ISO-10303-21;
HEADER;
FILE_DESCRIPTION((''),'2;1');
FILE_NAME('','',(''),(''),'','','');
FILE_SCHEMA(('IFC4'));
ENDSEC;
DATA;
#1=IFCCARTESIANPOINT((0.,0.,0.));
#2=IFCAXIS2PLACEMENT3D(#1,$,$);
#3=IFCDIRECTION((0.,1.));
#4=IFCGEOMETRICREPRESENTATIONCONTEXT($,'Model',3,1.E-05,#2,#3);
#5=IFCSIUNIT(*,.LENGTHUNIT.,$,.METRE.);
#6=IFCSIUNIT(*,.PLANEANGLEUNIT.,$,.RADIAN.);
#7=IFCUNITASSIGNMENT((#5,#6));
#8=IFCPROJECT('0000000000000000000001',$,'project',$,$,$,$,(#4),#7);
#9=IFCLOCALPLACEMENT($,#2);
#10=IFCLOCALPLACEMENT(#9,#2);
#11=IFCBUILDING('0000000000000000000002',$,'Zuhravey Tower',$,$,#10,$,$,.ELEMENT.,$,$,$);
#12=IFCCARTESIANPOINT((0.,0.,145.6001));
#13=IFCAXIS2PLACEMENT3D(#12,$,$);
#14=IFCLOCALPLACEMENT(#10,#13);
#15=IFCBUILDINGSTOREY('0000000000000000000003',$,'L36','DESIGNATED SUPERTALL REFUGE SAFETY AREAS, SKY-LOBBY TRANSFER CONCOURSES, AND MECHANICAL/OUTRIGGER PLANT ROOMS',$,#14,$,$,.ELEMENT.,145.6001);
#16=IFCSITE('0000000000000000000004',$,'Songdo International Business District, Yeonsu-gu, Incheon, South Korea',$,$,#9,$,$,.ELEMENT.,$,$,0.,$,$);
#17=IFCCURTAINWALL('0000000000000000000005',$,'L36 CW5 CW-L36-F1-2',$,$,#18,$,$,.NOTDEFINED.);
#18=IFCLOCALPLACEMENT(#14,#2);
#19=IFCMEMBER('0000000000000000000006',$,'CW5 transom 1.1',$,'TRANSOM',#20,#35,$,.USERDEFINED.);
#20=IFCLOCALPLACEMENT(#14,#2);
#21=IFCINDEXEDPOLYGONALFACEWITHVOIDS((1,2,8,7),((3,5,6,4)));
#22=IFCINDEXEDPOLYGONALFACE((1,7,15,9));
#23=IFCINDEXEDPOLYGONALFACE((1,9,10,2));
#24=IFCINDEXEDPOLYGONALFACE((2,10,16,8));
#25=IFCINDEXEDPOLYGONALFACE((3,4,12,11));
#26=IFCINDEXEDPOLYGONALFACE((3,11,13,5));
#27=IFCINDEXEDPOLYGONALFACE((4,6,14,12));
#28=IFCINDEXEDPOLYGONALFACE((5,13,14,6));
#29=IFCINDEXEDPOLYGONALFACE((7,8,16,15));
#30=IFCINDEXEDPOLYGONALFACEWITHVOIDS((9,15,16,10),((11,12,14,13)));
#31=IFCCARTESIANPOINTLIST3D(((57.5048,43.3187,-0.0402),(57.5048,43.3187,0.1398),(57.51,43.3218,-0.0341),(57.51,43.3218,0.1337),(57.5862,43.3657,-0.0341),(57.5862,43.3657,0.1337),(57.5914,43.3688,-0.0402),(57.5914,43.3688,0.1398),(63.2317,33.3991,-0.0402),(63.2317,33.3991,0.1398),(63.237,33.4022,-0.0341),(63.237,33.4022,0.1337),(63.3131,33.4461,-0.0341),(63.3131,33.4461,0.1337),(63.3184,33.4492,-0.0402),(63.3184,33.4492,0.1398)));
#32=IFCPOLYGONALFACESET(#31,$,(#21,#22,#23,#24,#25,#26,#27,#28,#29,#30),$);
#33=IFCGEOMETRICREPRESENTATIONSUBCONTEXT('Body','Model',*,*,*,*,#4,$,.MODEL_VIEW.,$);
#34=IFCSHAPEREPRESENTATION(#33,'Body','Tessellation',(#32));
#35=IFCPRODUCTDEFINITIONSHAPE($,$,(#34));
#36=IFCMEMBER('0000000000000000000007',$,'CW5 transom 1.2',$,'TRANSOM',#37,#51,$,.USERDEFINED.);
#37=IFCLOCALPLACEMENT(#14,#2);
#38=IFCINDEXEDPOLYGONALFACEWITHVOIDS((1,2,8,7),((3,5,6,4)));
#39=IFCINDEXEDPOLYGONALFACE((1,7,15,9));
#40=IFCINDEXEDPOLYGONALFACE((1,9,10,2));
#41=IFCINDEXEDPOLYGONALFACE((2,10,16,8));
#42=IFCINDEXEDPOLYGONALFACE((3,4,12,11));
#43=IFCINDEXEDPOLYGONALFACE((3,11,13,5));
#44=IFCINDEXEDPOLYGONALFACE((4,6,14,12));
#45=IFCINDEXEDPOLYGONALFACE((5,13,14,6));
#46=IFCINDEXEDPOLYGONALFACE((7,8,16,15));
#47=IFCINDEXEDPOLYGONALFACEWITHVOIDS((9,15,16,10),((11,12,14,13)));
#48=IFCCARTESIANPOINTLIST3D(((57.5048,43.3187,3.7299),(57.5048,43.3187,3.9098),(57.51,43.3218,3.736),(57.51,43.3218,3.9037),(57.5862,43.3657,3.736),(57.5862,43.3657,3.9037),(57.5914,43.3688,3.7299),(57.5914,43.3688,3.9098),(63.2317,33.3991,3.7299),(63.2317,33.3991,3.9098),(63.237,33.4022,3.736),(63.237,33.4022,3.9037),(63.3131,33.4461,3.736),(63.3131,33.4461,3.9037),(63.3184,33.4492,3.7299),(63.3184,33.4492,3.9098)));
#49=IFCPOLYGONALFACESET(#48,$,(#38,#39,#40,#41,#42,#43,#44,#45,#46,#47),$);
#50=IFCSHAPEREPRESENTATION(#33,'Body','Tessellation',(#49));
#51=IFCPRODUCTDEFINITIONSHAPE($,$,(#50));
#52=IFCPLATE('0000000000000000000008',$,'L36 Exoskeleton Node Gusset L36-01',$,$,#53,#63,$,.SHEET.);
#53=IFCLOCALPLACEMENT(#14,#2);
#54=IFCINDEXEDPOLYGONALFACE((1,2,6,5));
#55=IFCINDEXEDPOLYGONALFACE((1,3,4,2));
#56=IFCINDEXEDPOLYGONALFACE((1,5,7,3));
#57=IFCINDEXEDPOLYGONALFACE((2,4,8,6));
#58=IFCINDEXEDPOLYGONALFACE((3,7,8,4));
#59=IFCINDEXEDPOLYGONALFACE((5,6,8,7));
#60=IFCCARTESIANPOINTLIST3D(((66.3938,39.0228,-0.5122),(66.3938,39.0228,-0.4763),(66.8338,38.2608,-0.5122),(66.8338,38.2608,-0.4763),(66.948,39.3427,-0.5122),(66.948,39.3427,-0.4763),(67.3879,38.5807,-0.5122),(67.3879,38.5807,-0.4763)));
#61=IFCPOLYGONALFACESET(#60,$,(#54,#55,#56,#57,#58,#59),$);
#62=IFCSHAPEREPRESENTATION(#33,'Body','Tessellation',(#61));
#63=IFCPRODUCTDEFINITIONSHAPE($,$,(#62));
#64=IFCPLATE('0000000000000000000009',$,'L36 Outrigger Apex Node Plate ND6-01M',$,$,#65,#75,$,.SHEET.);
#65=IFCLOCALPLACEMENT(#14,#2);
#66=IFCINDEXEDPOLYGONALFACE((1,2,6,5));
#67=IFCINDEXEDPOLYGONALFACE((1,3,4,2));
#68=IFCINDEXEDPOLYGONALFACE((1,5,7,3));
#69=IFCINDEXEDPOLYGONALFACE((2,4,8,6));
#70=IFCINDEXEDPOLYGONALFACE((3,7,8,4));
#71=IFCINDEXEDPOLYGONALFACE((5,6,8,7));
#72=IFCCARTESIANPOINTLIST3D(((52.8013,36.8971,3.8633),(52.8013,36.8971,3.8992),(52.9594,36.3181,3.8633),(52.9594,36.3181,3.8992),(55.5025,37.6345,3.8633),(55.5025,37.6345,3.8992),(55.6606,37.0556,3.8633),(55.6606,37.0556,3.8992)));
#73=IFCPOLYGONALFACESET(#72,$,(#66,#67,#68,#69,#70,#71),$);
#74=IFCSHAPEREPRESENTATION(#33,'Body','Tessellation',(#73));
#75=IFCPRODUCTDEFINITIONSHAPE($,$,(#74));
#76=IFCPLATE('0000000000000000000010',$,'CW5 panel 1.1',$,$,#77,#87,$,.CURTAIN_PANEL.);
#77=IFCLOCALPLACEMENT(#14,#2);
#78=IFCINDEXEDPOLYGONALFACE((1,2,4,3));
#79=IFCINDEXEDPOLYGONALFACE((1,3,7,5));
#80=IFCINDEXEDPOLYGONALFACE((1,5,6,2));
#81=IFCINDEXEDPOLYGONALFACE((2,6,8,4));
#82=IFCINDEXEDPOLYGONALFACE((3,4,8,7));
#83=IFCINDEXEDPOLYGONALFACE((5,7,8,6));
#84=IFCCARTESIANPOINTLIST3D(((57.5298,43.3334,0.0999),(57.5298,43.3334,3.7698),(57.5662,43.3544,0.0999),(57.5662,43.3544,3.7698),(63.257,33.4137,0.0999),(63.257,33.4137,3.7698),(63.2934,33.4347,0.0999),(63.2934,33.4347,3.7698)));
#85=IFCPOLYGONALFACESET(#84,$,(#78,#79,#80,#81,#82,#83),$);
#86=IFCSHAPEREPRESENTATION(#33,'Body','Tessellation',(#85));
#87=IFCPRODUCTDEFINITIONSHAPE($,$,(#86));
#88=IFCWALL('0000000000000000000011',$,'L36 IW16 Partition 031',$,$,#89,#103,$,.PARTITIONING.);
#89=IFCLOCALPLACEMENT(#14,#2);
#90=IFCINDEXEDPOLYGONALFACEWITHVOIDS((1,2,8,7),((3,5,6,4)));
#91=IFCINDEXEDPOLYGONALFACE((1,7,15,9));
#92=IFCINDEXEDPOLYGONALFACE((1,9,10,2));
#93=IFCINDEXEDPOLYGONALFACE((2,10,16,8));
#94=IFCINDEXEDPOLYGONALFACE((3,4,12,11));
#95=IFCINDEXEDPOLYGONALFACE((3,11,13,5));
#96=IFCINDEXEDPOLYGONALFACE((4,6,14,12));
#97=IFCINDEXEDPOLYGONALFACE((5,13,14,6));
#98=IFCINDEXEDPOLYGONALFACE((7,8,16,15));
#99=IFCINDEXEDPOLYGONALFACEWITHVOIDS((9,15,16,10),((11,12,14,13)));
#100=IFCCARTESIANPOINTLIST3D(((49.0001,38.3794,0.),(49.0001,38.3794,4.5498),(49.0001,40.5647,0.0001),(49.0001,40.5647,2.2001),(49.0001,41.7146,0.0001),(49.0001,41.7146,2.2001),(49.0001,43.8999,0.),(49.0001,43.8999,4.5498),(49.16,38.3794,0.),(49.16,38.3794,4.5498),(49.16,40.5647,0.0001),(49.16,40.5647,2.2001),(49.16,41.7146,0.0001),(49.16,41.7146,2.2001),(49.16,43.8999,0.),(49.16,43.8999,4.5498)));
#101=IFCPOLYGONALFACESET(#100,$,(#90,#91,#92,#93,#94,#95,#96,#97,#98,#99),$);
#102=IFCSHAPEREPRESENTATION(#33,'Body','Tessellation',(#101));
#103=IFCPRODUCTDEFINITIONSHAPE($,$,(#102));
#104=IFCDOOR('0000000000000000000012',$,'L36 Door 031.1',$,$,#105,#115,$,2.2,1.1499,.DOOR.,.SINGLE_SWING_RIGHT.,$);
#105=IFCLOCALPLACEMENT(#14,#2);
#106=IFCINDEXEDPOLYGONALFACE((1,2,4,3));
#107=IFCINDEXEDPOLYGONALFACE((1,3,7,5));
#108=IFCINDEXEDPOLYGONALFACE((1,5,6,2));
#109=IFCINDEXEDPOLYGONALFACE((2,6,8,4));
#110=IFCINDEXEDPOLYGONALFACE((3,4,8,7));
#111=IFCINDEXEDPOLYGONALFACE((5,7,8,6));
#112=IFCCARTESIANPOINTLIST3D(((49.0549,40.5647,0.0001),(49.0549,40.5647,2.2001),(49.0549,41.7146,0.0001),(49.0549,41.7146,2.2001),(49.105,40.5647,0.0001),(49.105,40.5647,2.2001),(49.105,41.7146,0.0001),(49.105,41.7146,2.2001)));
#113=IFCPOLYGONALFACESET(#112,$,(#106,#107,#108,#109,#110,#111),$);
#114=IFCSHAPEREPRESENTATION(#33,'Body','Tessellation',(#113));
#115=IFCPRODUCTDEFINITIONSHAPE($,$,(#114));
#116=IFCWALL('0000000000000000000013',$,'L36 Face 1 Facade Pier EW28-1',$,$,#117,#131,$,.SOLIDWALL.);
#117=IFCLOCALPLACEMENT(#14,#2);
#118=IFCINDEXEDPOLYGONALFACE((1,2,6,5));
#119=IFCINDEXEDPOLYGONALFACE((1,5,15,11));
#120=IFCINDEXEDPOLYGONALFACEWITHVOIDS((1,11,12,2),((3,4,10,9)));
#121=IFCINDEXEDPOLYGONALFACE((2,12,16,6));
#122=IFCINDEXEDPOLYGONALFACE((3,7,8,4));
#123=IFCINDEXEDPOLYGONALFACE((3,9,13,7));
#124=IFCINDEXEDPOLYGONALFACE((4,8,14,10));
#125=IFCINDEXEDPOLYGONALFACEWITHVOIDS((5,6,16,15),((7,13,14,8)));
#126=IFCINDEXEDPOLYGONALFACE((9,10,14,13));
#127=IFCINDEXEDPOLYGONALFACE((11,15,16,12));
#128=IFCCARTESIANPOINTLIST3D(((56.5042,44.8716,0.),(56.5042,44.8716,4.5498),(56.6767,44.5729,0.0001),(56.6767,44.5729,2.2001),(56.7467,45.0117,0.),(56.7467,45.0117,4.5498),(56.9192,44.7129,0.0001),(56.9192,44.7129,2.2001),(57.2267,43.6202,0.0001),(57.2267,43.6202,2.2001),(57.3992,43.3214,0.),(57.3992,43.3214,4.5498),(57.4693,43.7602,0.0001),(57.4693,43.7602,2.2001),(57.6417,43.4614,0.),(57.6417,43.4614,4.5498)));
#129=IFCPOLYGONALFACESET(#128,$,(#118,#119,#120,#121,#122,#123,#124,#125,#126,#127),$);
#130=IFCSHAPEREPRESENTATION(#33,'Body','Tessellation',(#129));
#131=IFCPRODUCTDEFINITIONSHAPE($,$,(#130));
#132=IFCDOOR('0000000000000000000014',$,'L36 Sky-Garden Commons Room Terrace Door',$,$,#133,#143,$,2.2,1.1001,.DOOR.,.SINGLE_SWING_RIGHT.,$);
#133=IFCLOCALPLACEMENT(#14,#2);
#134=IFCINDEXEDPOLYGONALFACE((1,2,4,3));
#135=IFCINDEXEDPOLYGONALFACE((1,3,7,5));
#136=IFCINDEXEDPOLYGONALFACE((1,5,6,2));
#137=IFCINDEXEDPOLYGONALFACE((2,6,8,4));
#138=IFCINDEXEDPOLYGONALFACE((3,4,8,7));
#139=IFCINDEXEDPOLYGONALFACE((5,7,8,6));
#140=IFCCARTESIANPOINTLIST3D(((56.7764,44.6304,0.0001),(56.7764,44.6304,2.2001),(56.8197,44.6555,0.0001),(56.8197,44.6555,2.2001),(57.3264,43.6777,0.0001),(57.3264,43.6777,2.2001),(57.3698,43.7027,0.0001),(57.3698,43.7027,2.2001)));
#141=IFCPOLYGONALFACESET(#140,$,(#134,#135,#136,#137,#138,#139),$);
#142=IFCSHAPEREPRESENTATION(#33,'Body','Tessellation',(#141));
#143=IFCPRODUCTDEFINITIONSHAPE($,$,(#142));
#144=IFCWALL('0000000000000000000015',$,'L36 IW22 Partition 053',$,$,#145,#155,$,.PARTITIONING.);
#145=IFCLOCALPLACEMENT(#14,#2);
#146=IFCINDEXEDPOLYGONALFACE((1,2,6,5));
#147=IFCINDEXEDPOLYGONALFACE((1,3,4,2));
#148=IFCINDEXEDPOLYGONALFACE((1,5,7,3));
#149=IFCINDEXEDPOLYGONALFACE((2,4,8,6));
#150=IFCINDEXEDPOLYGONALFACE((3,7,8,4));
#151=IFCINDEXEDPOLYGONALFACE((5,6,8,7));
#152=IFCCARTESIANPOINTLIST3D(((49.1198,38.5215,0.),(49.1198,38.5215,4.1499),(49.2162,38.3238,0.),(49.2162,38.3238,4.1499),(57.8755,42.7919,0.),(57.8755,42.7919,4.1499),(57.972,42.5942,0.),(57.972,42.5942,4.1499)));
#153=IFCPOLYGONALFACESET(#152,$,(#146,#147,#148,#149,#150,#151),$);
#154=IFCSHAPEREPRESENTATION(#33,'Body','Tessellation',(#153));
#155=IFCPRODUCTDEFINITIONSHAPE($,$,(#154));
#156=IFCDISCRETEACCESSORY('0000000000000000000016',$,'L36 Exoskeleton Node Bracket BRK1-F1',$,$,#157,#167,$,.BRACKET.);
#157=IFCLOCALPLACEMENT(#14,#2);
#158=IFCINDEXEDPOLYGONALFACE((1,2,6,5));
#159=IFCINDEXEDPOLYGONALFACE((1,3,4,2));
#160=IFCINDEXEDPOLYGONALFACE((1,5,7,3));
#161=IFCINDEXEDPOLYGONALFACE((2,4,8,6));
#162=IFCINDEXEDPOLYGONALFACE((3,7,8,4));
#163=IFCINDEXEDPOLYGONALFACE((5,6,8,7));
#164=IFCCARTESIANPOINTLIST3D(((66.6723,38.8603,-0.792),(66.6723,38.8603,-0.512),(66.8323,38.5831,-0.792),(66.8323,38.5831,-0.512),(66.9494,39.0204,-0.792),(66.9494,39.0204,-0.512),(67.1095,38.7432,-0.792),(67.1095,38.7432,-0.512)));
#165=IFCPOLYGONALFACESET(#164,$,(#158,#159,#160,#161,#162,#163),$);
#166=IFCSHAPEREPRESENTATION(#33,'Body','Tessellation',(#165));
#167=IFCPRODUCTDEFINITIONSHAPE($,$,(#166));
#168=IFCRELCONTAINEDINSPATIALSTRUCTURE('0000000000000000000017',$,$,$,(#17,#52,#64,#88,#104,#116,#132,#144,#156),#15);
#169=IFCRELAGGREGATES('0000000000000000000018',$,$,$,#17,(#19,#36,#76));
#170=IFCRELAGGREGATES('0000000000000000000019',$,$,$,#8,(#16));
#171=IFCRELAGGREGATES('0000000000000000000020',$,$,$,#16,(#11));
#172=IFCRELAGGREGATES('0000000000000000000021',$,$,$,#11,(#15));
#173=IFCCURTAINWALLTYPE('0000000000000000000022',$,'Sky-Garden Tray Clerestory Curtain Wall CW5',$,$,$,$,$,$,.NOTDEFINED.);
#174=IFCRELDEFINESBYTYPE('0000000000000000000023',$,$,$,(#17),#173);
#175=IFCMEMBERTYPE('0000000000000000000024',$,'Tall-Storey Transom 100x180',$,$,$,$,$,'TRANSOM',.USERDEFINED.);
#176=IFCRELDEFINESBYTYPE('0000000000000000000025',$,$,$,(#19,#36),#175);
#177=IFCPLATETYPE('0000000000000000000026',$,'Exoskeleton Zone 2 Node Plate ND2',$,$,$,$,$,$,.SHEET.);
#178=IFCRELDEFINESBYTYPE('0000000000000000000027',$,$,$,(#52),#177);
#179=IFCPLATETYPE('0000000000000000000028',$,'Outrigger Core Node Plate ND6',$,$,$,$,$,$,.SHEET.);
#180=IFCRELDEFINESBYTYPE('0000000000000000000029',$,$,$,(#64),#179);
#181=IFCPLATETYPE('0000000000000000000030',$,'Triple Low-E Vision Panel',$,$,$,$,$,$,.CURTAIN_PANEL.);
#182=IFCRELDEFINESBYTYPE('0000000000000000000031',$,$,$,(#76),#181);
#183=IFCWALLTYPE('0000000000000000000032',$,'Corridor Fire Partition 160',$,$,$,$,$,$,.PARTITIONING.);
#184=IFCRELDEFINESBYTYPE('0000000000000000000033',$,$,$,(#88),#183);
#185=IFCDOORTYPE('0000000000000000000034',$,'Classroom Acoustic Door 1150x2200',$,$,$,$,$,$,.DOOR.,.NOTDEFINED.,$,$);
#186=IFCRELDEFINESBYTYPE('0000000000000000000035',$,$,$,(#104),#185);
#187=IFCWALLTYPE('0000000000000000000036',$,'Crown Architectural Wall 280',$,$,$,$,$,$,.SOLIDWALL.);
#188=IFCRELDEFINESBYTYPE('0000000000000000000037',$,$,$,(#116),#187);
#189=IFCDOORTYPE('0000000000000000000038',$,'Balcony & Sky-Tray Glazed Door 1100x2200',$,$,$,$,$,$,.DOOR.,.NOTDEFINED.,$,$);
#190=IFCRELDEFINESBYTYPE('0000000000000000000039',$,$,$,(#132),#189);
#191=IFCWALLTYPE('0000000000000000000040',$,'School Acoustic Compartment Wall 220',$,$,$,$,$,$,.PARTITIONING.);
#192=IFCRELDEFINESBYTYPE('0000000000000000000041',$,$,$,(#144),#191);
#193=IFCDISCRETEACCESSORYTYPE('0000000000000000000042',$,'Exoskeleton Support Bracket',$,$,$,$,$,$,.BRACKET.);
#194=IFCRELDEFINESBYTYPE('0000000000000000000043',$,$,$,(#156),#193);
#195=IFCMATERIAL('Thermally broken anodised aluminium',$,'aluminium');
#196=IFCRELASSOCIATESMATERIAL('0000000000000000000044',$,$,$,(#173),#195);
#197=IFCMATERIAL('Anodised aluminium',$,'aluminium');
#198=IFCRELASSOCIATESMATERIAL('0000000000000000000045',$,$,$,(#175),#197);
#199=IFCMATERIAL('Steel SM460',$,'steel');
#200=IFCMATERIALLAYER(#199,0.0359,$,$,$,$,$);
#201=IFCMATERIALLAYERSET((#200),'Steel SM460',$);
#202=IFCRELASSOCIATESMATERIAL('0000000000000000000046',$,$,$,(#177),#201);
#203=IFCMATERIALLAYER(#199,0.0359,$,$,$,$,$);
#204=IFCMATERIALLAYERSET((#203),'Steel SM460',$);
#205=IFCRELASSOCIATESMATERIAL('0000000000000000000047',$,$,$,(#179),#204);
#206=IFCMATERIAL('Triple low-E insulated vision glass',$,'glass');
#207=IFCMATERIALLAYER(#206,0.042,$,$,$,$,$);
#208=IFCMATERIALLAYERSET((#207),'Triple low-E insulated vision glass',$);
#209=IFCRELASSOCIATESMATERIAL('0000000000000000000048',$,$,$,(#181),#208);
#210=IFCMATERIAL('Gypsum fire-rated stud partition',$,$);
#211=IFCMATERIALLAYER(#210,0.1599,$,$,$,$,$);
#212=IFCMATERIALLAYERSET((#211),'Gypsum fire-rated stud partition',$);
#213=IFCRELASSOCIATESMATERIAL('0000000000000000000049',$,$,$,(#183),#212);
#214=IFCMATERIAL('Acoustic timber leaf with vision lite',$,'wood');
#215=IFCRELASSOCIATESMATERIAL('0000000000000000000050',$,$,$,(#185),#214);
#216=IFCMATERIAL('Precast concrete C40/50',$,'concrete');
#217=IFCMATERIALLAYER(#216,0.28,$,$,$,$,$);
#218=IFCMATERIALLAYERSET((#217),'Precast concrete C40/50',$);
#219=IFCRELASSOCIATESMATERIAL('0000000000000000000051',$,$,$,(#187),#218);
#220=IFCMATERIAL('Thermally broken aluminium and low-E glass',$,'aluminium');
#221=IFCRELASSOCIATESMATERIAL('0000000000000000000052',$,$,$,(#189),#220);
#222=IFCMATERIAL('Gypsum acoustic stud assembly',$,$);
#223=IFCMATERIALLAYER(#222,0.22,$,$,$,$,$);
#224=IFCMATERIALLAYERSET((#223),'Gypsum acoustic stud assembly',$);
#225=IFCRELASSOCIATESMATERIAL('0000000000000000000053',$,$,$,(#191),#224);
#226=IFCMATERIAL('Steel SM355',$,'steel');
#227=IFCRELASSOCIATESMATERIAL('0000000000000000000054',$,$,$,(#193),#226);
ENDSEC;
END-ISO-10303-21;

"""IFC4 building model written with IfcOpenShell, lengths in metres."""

from ifc_helpers import new_model, si_unit, direction, frame, frame_2d, origin, origin_2d, place, context, subcontext, project, spatial, rectangle, hollow_rectangle, extrude, material, layer, layer_set, material_profile, profile_set, type_object, element, fill, aggregate, save


model = new_model("IFC4")

# Units and contexts
model_context = context("Model", 3, precision=1e-05, world=origin(), true_north=direction((0.0, 1.0)))
body_context = subcontext(model_context, "Body", "Model", "MODEL_VIEW")
ifc_project = project(units=[si_unit("LENGTHUNIT", "METRE"), si_unit("PLANEANGLEUNIT", "RADIAN")], contexts=[model_context])

# Site, building, storey
site_placement = place(None, origin())
site = spatial("IfcSite", under=ifc_project, at=site_placement, Name="Songdo International Business District, Yeonsu-gu, Incheon, South Korea", CompositionType="ELEMENT", RefElevation=0.0)
building_placement = place(site_placement, origin())
building = spatial("IfcBuilding", under=site, at=building_placement, Name="Zuhravey Tower", CompositionType="ELEMENT")
storey_placement = place(building_placement, frame((0.0, 0.0, 145.6001)))
storey = spatial("IfcBuildingStorey", under=building, at=storey_placement, Name="L36", Description="DESIGNATED SUPERTALL REFUGE SAFETY AREAS, SKY-LOBBY TRANSFER CONCOURSES, AND MECHANICAL/OUTRIGGER PLANT ROOMS", CompositionType="ELEMENT", Elevation=145.6001)

# Shared definitions
ifc_material_1 = material(Name="Steel SM355", Category="steel")
ifc_material_2 = material(Name="Steel SM460", Category="steel")

# Curtain wall
ifc_material_3 = material(Name="Thermally broken anodised aluminium", Category="aluminium")
curtain_wall_type = type_object("IfcCurtainWallType", Name="Sky-Garden Tray Clerestory Curtain Wall CW5", PredefinedType="NOTDEFINED", material=ifc_material_3)
curtain_wall_placement = place(storey_placement, origin())
curtain_wall = element("IfcCurtainWall", 1, at=curtain_wall_placement, inside=storey, type_object=curtain_wall_type, Name="L36 CW5 CW-L36-F1-2", PredefinedType="NOTDEFINED")
ifc_material_4 = material(Name="Anodised aluminium", Category="aluminium")

# Members
ifc_material_profile_1 = material_profile(ifc_material_4, hollow_rectangle(XDim=0.1001, YDim=0.1799, WallThickness=0.0061, at=origin_2d()), Name="ALU-RHS-100x180x6")
ifc_profile_set_1 = profile_set([ifc_material_profile_1], Name="Anodised aluminium")
member_type_1 = type_object("IfcMemberType", Name="Tall-Storey Transom 100x180", ElementType="TRANSOM", PredefinedType="USERDEFINED", material=ifc_profile_set_1)
member_1_placement = place(storey_placement, frame((57.5481, 43.3438, 0.0498), z_axis=(0.499995, -0.866028, 0.0), x_axis=(0.866028, 0.499995, 0.0)))
member_1 = element("IfcMember", 2, at=member_1_placement, type_object=member_type_1, Name="CW5 transom 1.1", ObjectType="TRANSOM", PredefinedType="USERDEFINED", context=body_context, shape_type="SweptSolid", body=[
    extrude(hollow_rectangle(XDim=0.1001, YDim=0.1799, WallThickness=0.0061, at=origin_2d()), origin(), (0.0, 0.0, 1.0), 11.4541),
])
member_2_placement = place(storey_placement, frame((57.5481, 43.3438, 3.8198), z_axis=(0.499995, -0.866028, 0.0), x_axis=(0.866028, 0.499995, 0.0)))
member_2 = element("IfcMember", 3, at=member_2_placement, type_object=member_type_1, Name="CW5 transom 1.2", ObjectType="TRANSOM", PredefinedType="USERDEFINED", context=body_context, shape_type="SweptSolid", body=[
    extrude(hollow_rectangle(XDim=0.1001, YDim=0.1799, WallThickness=0.0061, at=origin_2d()), origin(), (0.0, 0.0, 1.0), 11.4541),
])

# Plates
ifc_layer_1 = layer(ifc_material_2, 0.0359)
ifc_layer_set_1 = layer_set([ifc_layer_1], Name="Steel SM460")
plate_type_1 = type_object("IfcPlateType", Name="Exoskeleton Zone 2 Node Plate ND2", PredefinedType="SHEET", material=ifc_layer_set_1)
plate_1_placement = place(storey_placement, frame((66.8909, 38.8018, -0.5122), z_axis=(0.0, 0.0, 1.0), x_axis=(-0.5, 0.866025, 0.0)))
element("IfcPlate", 4, at=plate_1_placement, inside=storey, type_object=plate_type_1, Name="L36 Exoskeleton Node Gusset L36-01", PredefinedType="SHEET", context=body_context, shape_type="SweptSolid", body=[
    extrude(rectangle(XDim=0.8799, YDim=0.6399, at=origin_2d()), origin(), (0.0, 0.0, 1.0), 0.0359),
])
ifc_layer_2 = layer(ifc_material_2, 0.0359)
ifc_layer_set_2 = layer_set([ifc_layer_2], Name="Steel SM460")
plate_type_2 = type_object("IfcPlateType", Name="Outrigger Core Node Plate ND6", PredefinedType="SHEET", material=ifc_layer_set_2)
plate_2_placement = place(storey_placement, frame((54.231, 36.9763, 3.8633), z_axis=(0.0, 0.0, 1.0), x_axis=(0.964695, 0.263368, 0.0)))
element("IfcPlate", 5, at=plate_2_placement, inside=storey, type_object=plate_type_2, Name="L36 Outrigger Apex Node Plate ND6-01M", PredefinedType="SHEET", context=body_context, shape_type="SweptSolid", body=[
    extrude(rectangle(XDim=2.8, YDim=0.6001, at=origin_2d()), origin(), (0.0, 0.0, 1.0), 0.0359),
])

# Plate
ifc_material_5 = material(Name="Triple low-E insulated vision glass", Category="glass")
ifc_layer_3 = layer(ifc_material_5, 0.042)
ifc_layer_set_3 = layer_set([ifc_layer_3], Name="Triple low-E insulated vision glass")
plate_type_3 = type_object("IfcPlateType", Name="Triple Low-E Vision Panel", PredefinedType="CURTAIN_PANEL", material=ifc_layer_set_3)
plate_3_placement = place(storey_placement, frame((60.4116, 38.384, 0.0999), z_axis=(0.0, 0.0, 1.0), x_axis=(0.500004, -0.866023, 0.0)))
plate_3 = element("IfcPlate", 6, at=plate_3_placement, type_object=plate_type_3, Name="CW5 panel 1.1", PredefinedType="CURTAIN_PANEL", context=body_context, shape_type="SweptSolid", body=[
    extrude(rectangle(XDim=11.4543, YDim=0.042, at=origin_2d()), origin(), (0.0, 0.0, 1.0), 3.6699),
])
aggregate(curtain_wall, [member_1, member_2, plate_3])

# Walls, openings, doors
ifc_material_6 = material(Name="Gypsum fire-rated stud partition")
ifc_layer_4 = layer(ifc_material_6, 0.1599)
ifc_layer_set_4 = layer_set([ifc_layer_4], Name="Gypsum fire-rated stud partition")
wall_type_1 = type_object("IfcWallType", Name="Corridor Fire Partition 160", PredefinedType="PARTITIONING", material=ifc_layer_set_4)
wall_1_placement = place(storey_placement, frame((49.0801, 38.3794, 0.0), z_axis=(0.0, 0.0, 1.0), x_axis=(0.0, 1.0, 0.0)))
wall_1 = element("IfcWall", 7, at=wall_1_placement, inside=storey, type_object=wall_type_1, Name="L36 IW16 Partition 031", PredefinedType="PARTITIONING", context=body_context, shape_type="SweptSolid", body=[
    extrude(rectangle(XDim=5.5205, YDim=0.1599, at=frame_2d((2.7603, 0.0))), origin(), (0.0, 0.0, 1.0), 4.5498),
])
opening_1_placement = place(wall_1_placement, frame((2.1853, 0.0, 0.0)))
opening_1 = element("IfcOpeningElement", 8, at=opening_1_placement, cuts=wall_1, PredefinedType="OPENING", context=body_context, shape_type="SweptSolid", body=[
    extrude(rectangle(XDim=1.1499, YDim=2.2, at=frame_2d((0.575, 1.1001))), frame((0.0, 0.092, 0.0), z_axis=(0.0, -1.0, 0.0), x_axis=(1.0, 0.0, 0.0)), (0.0, 0.0, 1.0), 0.1838),
])
ifc_material_7 = material(Name="Acoustic timber leaf with vision lite", Category="wood")
door_type_1 = type_object("IfcDoorType", Name="Classroom Acoustic Door 1150x2200", OperationType="NOTDEFINED", PredefinedType="DOOR", material=ifc_material_7)
door_1_placement = place(opening_1_placement, frame((1.1499, 0.0, 0.0), z_axis=(0.0, 0.0, 1.0), x_axis=(-1.0, 0.0, 0.0)))
door_1 = element("IfcDoor", 9, at=door_1_placement, inside=storey, type_object=door_type_1, Name="L36 Door 031.1", OperationType="SINGLE_SWING_RIGHT", OverallHeight=2.2, OverallWidth=1.1499, PredefinedType="DOOR", context=body_context, shape_type="SweptSolid", body=[
    extrude(rectangle(XDim=1.1499, YDim=2.2, at=frame_2d((0.575, 1.1001))), frame((0.0, 0.0249, 0.0), z_axis=(0.0, -1.0, 0.0), x_axis=(1.0, 0.0, 0.0)), (0.0, 0.0, 1.0), 0.05),
])
fill(opening_1, door_1)
ifc_material_8 = material(Name="Precast concrete C40/50", Category="concrete")
ifc_layer_5 = layer(ifc_material_8, 0.28)
ifc_layer_set_5 = layer_set([ifc_layer_5], Name="Precast concrete C40/50")
wall_type_2 = type_object("IfcWallType", Name="Crown Architectural Wall 280", PredefinedType="SOLIDWALL", material=ifc_layer_set_5)
wall_2_placement = place(storey_placement, frame((56.6255, 44.9417, 0.0), z_axis=(0.0, 0.0, 1.0), x_axis=(0.499982, -0.866036, 0.0)))
wall_2 = element("IfcWall", 10, at=wall_2_placement, inside=storey, type_object=wall_type_2, Name="L36 Face 1 Facade Pier EW28-1", PredefinedType="SOLIDWALL", context=body_context, shape_type="SweptSolid", body=[
    extrude(rectangle(XDim=1.79, YDim=0.28, at=frame_2d((0.895, 0.0))), origin(), (0.0, 0.0, 1.0), 4.5498),
])
opening_2_placement = place(wall_2_placement, frame((0.345, 0.0, 0.0)))
opening_2 = element("IfcOpeningElement", 11, at=opening_2_placement, cuts=wall_2, PredefinedType="OPENING", context=body_context, shape_type="SweptSolid", body=[
    extrude(rectangle(XDim=1.1001, YDim=2.2, at=frame_2d((0.55, 1.1001))), frame((0.0, 0.1521, 0.0), z_axis=(0.0, -1.0, 0.0), x_axis=(1.0, 0.0, 0.0)), (0.0, 0.0, 1.0), 0.304),
])
ifc_material_9 = material(Name="Thermally broken aluminium and low-E glass", Category="aluminium")
door_type_2 = type_object("IfcDoorType", Name="Balcony & Sky-Tray Glazed Door 1100x2200", OperationType="NOTDEFINED", PredefinedType="DOOR", material=ifc_material_9)
door_2_placement = place(opening_2_placement, frame((1.1001, 0.0, 0.0), z_axis=(0.0, 0.0, 1.0), x_axis=(-1.0, 0.0, 0.0)))
door_2 = element("IfcDoor", 12, at=door_2_placement, inside=storey, type_object=door_type_2, Name="L36 Sky-Garden Commons Room Terrace Door", OperationType="SINGLE_SWING_RIGHT", OverallHeight=2.2, OverallWidth=1.1001, PredefinedType="DOOR", context=body_context, shape_type="SweptSolid", body=[
    extrude(rectangle(XDim=1.1001, YDim=2.2, at=frame_2d((0.55, 1.1001))), frame((0.0, 0.0249, 0.0), z_axis=(0.0, -1.0, 0.0), x_axis=(1.0, 0.0, 0.0)), (0.0, 0.0, 1.0), 0.05),
])
fill(opening_2, door_2)

# Wall
ifc_material_10 = material(Name="Gypsum acoustic stud assembly")
ifc_layer_6 = layer(ifc_material_10, 0.22)
ifc_layer_set_6 = layer_set([ifc_layer_6], Name="Gypsum acoustic stud assembly")
wall_type_3 = type_object("IfcWallType", Name="School Acoustic Compartment Wall 220", PredefinedType="PARTITIONING", material=ifc_layer_set_6)
wall_3_placement = place(storey_placement, frame((49.168, 38.4226, 0.0), z_axis=(0.0, 0.0, 1.0), x_axis=(0.898794, 0.43837, 0.0)))
element("IfcWall", 13, at=wall_3_placement, inside=storey, type_object=wall_type_3, Name="L36 IW22 Partition 053", PredefinedType="PARTITIONING", context=body_context, shape_type="SweptSolid", body=[
    extrude(rectangle(XDim=9.7417, YDim=0.22, at=frame_2d((4.8708, 0.0))), origin(), (0.0, 0.0, 1.0), 4.1499),
])

# Discrete accessory
discrete_accessory_type = type_object("IfcDiscreteAccessoryType", Name="Exoskeleton Support Bracket", PredefinedType="BRACKET", material=ifc_material_1)
discrete_accessory_placement = place(storey_placement, frame((66.8909, 38.8018, -0.792), z_axis=(0.0, 0.0, 1.0), x_axis=(-0.5, 0.866025, 0.0)))
element("IfcDiscreteAccessory", 14, at=discrete_accessory_placement, inside=storey, type_object=discrete_accessory_type, Name="L36 Exoskeleton Node Bracket BRK1-F1", PredefinedType="BRACKET", context=body_context, shape_type="SweptSolid", body=[
    extrude(rectangle(XDim=0.3201, YDim=0.3201, at=origin_2d()), origin(), (0.0, 0.0, 1.0), 0.28),
])

save(model, "model.ifc")
